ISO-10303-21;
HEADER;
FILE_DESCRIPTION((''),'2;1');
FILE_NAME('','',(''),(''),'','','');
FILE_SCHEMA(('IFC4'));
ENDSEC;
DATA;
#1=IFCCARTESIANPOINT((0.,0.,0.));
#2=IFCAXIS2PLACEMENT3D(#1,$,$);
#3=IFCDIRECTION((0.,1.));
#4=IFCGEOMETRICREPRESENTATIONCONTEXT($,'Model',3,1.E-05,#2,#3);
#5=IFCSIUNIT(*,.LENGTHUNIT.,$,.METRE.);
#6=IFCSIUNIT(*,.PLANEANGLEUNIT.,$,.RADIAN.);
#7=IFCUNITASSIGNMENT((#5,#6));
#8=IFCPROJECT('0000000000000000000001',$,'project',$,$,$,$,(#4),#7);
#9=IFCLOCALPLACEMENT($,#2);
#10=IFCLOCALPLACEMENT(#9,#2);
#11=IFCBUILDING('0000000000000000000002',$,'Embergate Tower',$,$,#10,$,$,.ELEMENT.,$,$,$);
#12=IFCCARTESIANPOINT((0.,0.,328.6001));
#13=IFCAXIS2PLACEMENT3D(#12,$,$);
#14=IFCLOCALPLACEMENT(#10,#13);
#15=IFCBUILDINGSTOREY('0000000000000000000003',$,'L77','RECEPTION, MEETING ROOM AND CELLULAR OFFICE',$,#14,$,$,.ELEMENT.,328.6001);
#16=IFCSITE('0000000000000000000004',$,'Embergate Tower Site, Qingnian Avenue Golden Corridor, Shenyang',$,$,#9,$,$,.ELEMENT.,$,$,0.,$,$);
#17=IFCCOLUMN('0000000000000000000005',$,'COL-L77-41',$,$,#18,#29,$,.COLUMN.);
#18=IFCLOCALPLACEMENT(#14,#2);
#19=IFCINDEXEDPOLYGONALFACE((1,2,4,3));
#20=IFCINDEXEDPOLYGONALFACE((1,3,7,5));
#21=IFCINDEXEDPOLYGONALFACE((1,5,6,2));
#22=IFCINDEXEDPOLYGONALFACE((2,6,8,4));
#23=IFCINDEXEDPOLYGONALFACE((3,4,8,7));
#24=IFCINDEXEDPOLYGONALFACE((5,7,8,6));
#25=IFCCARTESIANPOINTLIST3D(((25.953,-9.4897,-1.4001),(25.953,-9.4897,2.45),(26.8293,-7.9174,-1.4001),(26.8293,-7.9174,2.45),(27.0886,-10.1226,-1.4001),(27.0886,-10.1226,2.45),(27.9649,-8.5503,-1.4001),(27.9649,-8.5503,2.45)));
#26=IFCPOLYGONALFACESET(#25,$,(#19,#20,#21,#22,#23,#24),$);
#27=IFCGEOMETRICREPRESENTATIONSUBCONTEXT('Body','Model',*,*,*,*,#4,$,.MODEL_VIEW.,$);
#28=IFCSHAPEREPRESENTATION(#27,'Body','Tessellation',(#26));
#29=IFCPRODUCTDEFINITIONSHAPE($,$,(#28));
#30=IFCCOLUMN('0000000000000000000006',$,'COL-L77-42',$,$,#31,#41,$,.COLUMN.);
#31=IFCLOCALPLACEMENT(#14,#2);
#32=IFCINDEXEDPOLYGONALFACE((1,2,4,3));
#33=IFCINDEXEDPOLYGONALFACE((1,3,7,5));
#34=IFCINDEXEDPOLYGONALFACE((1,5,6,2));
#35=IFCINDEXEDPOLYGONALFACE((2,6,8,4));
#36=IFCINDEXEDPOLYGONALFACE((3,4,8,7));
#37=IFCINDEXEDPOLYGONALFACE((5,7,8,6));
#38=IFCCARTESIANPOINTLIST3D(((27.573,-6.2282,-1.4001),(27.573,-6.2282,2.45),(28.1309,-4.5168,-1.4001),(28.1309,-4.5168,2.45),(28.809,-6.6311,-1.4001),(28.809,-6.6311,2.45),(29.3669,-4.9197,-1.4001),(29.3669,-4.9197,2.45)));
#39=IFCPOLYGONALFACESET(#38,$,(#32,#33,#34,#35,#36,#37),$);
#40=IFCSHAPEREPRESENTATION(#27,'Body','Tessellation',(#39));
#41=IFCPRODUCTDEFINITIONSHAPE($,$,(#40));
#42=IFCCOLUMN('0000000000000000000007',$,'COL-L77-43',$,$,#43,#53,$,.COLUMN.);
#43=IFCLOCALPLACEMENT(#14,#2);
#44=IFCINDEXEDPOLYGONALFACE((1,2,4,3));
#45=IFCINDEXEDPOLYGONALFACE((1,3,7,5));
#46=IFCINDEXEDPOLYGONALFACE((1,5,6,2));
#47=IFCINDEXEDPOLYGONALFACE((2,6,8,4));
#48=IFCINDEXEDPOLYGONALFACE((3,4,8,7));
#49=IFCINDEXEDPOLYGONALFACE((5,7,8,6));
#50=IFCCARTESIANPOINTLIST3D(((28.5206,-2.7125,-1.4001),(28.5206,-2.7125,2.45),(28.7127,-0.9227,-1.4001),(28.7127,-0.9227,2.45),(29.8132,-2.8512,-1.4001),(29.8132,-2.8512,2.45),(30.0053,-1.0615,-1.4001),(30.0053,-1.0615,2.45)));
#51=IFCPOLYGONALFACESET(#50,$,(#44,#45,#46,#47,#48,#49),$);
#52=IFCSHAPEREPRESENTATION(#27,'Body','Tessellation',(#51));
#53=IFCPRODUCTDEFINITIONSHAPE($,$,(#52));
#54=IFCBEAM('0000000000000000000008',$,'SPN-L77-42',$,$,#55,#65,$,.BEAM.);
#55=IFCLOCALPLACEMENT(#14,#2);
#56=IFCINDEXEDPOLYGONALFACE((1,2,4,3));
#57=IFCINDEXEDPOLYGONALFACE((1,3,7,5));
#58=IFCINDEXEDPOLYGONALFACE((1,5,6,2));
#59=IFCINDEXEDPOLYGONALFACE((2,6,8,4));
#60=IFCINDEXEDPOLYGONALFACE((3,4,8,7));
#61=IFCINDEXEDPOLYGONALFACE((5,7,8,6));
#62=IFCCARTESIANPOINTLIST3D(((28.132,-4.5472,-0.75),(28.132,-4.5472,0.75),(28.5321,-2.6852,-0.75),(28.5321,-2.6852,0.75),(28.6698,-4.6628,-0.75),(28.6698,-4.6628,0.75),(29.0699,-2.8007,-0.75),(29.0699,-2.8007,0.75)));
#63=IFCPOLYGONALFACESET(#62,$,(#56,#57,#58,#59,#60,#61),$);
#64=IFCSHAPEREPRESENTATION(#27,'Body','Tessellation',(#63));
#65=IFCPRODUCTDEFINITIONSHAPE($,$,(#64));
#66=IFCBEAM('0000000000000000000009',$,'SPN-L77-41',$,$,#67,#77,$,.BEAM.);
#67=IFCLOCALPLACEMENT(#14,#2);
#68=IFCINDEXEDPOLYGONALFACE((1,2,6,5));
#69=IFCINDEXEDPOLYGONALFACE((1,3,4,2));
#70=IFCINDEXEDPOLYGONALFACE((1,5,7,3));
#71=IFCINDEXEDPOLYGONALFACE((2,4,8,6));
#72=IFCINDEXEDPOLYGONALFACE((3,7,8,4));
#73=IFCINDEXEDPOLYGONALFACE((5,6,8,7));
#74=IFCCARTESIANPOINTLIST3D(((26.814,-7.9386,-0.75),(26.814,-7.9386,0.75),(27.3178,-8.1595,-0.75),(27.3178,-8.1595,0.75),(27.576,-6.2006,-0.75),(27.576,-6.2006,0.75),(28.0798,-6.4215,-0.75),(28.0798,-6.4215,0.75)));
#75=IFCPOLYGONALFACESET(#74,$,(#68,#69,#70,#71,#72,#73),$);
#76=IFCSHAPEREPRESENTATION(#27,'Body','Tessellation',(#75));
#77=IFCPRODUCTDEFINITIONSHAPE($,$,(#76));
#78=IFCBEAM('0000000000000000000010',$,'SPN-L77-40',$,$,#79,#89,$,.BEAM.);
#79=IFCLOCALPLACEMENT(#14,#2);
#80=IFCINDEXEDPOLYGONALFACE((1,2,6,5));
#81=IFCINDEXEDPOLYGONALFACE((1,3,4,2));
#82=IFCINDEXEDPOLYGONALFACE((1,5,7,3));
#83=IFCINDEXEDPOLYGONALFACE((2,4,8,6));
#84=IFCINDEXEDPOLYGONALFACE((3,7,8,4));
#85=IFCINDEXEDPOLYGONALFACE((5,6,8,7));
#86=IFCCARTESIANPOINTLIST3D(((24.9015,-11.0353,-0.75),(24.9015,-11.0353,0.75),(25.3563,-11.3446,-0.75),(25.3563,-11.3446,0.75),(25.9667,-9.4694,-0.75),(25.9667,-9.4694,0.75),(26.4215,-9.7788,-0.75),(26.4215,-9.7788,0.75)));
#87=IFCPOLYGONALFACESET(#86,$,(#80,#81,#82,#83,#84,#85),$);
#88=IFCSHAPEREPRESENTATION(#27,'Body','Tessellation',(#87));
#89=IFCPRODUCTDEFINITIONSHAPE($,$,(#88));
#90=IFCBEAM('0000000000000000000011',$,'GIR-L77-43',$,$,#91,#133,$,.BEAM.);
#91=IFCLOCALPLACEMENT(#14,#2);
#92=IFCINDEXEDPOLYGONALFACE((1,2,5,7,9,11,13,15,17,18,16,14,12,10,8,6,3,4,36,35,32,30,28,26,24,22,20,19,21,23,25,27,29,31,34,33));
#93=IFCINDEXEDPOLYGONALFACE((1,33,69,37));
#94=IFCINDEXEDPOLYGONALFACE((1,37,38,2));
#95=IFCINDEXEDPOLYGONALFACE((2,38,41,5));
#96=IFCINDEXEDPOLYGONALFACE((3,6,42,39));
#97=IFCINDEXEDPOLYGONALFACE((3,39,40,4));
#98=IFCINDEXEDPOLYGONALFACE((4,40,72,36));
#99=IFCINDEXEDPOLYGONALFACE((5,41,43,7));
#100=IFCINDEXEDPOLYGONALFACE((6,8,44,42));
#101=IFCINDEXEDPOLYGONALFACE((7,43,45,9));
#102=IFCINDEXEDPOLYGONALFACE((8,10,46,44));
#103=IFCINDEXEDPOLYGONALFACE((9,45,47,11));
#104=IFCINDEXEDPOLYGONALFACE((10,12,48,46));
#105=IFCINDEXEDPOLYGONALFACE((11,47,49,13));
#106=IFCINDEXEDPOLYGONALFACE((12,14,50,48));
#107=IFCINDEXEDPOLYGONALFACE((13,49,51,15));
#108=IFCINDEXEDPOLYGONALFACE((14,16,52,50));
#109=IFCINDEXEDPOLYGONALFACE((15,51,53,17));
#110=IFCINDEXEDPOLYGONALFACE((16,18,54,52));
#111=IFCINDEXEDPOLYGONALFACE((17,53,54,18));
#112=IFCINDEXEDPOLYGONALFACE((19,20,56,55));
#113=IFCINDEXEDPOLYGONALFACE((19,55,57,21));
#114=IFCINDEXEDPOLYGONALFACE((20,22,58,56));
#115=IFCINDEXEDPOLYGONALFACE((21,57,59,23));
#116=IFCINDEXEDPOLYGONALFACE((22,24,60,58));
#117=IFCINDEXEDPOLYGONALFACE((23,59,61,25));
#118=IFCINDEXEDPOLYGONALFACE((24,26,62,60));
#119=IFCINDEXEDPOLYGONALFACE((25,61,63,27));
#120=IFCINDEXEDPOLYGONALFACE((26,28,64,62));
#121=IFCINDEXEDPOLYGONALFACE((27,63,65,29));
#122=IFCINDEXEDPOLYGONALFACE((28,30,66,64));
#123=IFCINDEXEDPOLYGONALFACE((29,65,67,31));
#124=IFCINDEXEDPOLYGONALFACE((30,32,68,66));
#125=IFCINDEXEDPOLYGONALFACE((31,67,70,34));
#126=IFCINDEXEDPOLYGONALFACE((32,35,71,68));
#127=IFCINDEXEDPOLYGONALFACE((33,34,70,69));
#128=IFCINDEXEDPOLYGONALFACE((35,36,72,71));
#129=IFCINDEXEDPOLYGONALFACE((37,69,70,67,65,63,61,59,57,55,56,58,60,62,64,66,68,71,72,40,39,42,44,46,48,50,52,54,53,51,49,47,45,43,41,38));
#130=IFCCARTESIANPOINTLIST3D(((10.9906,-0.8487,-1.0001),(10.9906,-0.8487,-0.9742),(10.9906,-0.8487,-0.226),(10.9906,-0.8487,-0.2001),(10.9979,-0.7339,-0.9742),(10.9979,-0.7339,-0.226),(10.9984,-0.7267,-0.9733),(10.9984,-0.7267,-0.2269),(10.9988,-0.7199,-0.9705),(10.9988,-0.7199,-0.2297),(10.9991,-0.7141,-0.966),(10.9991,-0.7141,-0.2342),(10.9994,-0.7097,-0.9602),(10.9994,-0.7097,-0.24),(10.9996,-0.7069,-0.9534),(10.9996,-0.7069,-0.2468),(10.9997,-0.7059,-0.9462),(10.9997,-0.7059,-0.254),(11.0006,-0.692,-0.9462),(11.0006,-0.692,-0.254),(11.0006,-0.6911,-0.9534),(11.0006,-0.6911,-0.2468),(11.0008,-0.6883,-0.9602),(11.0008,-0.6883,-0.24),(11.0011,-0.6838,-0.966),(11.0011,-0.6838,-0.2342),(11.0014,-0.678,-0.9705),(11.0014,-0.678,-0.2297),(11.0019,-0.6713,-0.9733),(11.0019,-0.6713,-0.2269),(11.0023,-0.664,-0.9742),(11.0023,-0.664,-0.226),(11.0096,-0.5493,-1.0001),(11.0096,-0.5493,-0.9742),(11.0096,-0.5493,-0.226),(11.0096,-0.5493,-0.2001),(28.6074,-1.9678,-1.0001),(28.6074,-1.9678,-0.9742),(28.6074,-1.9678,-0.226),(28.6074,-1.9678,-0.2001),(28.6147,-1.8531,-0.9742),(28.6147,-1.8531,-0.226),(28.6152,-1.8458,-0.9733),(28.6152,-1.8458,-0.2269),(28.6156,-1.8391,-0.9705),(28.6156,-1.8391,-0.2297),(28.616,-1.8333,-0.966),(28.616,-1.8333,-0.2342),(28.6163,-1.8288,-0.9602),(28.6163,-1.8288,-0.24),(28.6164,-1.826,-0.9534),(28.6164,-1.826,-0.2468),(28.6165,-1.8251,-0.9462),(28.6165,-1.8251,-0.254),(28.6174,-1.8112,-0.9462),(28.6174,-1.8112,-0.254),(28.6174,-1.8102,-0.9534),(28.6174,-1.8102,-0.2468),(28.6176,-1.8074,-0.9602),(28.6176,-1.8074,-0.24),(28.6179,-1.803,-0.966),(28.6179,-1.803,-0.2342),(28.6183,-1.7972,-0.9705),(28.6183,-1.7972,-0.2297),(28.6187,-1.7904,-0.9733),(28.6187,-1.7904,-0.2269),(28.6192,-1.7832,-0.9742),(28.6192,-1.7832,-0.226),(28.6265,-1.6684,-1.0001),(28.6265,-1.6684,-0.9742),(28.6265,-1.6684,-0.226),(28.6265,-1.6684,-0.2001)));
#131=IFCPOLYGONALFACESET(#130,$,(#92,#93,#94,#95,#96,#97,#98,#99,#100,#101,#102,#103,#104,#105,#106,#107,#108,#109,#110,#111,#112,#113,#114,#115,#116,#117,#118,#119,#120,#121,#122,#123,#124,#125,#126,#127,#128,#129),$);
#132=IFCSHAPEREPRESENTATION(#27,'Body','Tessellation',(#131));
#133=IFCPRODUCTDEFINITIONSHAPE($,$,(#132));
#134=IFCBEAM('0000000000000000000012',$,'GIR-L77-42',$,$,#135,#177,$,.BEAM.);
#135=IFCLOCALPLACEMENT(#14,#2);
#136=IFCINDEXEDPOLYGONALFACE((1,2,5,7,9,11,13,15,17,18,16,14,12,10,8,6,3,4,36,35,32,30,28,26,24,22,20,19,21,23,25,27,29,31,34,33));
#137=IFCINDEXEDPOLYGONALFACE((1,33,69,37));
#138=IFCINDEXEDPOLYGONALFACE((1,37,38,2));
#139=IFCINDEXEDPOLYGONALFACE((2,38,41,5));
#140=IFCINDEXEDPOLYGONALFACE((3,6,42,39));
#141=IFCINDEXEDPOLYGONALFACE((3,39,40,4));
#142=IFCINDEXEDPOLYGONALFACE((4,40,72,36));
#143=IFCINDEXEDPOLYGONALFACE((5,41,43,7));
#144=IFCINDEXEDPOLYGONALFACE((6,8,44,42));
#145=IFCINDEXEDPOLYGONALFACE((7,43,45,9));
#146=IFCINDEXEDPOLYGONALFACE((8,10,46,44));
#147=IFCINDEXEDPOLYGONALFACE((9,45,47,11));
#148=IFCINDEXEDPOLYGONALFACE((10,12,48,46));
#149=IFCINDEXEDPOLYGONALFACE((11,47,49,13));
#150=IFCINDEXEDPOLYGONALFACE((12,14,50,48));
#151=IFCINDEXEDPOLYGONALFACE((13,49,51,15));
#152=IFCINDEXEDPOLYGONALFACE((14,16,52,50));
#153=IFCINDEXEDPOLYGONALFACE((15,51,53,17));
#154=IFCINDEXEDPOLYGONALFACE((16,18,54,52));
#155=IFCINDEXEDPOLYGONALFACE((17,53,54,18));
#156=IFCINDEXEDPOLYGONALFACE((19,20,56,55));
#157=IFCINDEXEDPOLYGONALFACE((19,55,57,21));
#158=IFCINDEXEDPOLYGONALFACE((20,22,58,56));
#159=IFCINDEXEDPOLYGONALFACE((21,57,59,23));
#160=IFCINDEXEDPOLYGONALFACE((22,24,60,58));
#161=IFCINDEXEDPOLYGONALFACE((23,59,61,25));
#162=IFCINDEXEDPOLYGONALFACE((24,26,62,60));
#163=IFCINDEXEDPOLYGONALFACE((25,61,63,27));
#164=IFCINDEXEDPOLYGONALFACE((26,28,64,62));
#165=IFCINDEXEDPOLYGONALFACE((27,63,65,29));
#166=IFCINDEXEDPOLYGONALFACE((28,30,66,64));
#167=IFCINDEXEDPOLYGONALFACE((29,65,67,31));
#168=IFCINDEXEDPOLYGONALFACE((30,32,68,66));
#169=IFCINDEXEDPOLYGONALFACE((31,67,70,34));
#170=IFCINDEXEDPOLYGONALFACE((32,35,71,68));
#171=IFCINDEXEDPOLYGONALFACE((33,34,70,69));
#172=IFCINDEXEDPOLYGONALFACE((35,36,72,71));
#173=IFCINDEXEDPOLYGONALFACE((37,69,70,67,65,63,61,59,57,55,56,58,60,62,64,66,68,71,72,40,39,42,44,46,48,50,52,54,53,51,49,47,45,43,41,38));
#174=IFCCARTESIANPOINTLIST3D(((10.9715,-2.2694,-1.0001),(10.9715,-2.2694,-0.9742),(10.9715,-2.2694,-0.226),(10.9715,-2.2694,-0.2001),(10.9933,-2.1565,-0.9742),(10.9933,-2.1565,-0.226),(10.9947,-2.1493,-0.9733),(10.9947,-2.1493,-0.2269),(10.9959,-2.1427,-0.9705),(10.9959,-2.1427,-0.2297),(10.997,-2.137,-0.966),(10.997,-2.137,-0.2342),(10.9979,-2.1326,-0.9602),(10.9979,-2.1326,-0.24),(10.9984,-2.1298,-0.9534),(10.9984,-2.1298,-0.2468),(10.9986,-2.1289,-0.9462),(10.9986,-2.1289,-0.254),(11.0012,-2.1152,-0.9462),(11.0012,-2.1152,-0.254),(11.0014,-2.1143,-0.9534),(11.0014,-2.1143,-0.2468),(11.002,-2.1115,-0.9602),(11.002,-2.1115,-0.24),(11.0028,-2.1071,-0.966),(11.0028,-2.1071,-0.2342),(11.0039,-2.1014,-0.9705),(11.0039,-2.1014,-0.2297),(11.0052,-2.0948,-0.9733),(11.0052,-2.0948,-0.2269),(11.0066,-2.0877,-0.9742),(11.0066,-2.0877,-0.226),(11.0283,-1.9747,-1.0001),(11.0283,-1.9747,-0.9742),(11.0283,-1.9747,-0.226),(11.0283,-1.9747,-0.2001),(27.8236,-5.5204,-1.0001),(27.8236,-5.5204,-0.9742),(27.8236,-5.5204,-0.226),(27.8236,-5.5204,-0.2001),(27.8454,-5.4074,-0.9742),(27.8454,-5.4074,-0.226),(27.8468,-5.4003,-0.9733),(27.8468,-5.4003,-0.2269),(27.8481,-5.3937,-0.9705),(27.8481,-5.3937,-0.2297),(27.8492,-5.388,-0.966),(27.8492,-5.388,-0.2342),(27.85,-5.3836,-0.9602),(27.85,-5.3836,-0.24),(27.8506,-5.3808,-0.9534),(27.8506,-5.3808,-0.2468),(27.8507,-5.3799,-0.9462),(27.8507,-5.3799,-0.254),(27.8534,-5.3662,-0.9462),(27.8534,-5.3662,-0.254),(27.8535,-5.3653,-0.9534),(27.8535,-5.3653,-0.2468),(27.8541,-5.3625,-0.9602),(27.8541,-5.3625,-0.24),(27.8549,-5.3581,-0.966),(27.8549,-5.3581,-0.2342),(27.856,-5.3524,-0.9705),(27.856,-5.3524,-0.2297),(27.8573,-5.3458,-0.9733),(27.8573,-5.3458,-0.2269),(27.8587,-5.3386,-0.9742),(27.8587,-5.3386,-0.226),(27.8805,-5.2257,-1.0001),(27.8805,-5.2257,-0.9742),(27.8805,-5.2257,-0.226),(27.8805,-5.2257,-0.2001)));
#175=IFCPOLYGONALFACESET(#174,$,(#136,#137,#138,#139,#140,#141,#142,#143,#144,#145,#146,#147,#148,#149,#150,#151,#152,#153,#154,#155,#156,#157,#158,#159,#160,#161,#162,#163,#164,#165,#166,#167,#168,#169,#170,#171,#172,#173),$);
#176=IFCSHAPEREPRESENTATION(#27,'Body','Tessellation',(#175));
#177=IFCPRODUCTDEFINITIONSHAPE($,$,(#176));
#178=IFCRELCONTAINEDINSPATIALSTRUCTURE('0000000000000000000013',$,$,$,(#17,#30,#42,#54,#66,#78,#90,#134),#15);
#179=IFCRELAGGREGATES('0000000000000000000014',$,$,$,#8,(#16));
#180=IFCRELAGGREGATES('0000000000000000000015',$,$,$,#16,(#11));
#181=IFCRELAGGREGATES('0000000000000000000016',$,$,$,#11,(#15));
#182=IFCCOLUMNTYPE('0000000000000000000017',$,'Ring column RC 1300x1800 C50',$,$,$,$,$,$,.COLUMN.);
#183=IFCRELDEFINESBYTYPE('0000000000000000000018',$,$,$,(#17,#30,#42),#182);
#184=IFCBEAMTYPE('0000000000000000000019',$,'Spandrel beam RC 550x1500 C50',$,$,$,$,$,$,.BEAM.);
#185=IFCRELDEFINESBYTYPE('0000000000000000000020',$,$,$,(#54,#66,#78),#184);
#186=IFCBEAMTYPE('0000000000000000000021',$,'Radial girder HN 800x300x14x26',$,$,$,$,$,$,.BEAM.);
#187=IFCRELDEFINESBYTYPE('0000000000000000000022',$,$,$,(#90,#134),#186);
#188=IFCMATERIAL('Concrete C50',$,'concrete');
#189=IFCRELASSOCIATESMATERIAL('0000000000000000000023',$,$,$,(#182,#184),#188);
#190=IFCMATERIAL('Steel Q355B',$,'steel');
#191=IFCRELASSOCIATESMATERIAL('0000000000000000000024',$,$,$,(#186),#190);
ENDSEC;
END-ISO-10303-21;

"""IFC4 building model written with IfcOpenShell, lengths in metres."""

from ifc_helpers import new_model, si_unit, direction, frame, origin, origin_2d, place, context, subcontext, project, spatial, rectangle, i_section, extrude, source, transform, mapped, material, material_profile, profile_set, type_object, element, save


model = new_model("IFC4")

# Units and contexts
model_context = context("Model", 3, precision=1e-05, world=origin(), true_north=direction((0.0, 1.0)))
body_context = subcontext(model_context, "Body", "Model", "MODEL_VIEW")
ifc_project = project(units=[si_unit("LENGTHUNIT", "METRE"), si_unit("PLANEANGLEUNIT", "RADIAN")], contexts=[model_context])

# Site, building, storey
site_placement = place(None, origin())
site = spatial("IfcSite", under=ifc_project, at=site_placement, Name="Embergate Tower Site, Qingnian Avenue Golden Corridor, Shenyang", CompositionType="ELEMENT", RefElevation=0.0)
building_placement = place(site_placement, origin())
building = spatial("IfcBuilding", under=site, at=building_placement, Name="Embergate Tower", CompositionType="ELEMENT")
storey_placement = place(building_placement, frame((0.0, 0.0, 328.6001)))
storey = spatial("IfcBuildingStorey", under=building, at=storey_placement, Name="L77", Description="RECEPTION, MEETING ROOM AND CELLULAR OFFICE", CompositionType="ELEMENT", Elevation=328.6001)

# Columns
ifc_material_1 = material(Name="Concrete C50", Category="concrete")
ifc_material_profile_1 = material_profile(ifc_material_1, rectangle(XDim=1.3, YDim=1.8, at=origin_2d()), Name="RC 1300x1800")
ifc_profile_set_1 = profile_set([ifc_material_profile_1], Name="Concrete C50")
column_type = type_object("IfcColumnType", Name="Ring column RC 1300x1800 C50", PredefinedType="COLUMN", material=ifc_profile_set_1)
shared_shape_1 = source(origin(), body_context, "Body", "SweptSolid", [
    extrude(rectangle(XDim=1.3, YDim=1.8, at=origin_2d()), origin(), (0.0, 0.0, 1.0), 3.8501),
])
for number, where, z_axis, x_axis, name in (
    (1, (26.959, -9.02, -1.4001), (0.0, 0.0, 1.0), (0.8735, -0.486823, 0.0), "COL-L77-41"),
    (2, (28.47, -5.574, -1.4001), (0.0, 0.0, 1.0), (0.950754, -0.309946, 0.0), "COL-L77-42"),
    (3, (29.2629, -1.887, -1.4001), (0.0, 0.0, 1.0), (0.994286, -0.10675, 0.0), "COL-L77-43"),
):
    element("IfcColumn", number, at=place(storey_placement, frame(where, z_axis=z_axis, x_axis=x_axis)), inside=storey, type_object=column_type, Name=name, PredefinedType="COLUMN", context=body_context, shape_type="MappedRepresentation", body=[
        mapped(shared_shape_1, transform((0.0, 0.0, 0.0))),
    ])

# Beams
ifc_material_profile_2 = material_profile(ifc_material_1, rectangle(XDim=0.55, YDim=1.5, at=origin_2d()), Name="RC 550x1500")
ifc_profile_set_2 = profile_set([ifc_material_profile_2], Name="Concrete C50")
beam_type_1 = type_object("IfcBeamType", Name="Spandrel beam RC 550x1500 C50", PredefinedType="BEAM", material=ifc_profile_set_2)
shared_shape_2 = source(origin(), body_context, "Body", "SweptSolid", [
    extrude(rectangle(XDim=0.55, YDim=1.5, at=origin_2d()), origin(), (0.0, 0.0, 1.0), 1.9045),
])
beam_1_placement = place(storey_placement, frame((28.4009, -4.605, 0.0), z_axis=(0.210098, 0.97768, 0.0), x_axis=(-0.97768, 0.210098, 0.0)))
element("IfcBeam", 4, at=beam_1_placement, inside=storey, type_object=beam_type_1, Name="SPN-L77-42", PredefinedType="BEAM", context=body_context, shape_type="MappedRepresentation", body=[
    mapped(shared_shape_2, transform((0.0, 0.0, 0.0))),
])
shared_shape_3 = source(origin(), body_context, "Body", "SweptSolid", [
    extrude(rectangle(XDim=0.55, YDim=1.5, at=origin_2d()), origin(), (0.0, 0.0, 1.0), 1.8977),
])
beam_2_placement = place(storey_placement, frame((27.0659, -8.0491, 0.0), z_axis=(0.401514, 0.915853, 0.0), x_axis=(-0.915853, 0.401514, 0.0)))
element("IfcBeam", 5, at=beam_2_placement, inside=storey, type_object=beam_type_1, Name="SPN-L77-41", PredefinedType="BEAM", context=body_context, shape_type="MappedRepresentation", body=[
    mapped(shared_shape_3, transform((0.0, 0.0, 0.0))),
])
shared_shape_4 = source(origin(), body_context, "Body", "SweptSolid", [
    extrude(rectangle(XDim=0.55, YDim=1.5, at=origin_2d()), origin(), (0.0, 0.0, 1.0), 1.8938),
])
beam_3_placement = place(storey_placement, frame((25.1289, -11.1899, 0.0), z_axis=(0.56244, 0.826838, 0.0), x_axis=(-0.826838, 0.56244, 0.0)))
element("IfcBeam", 6, at=beam_3_placement, inside=storey, type_object=beam_type_1, Name="SPN-L77-40", PredefinedType="BEAM", context=body_context, shape_type="MappedRepresentation", body=[
    mapped(shared_shape_4, transform((0.0, 0.0, 0.0))),
])
ifc_material_2 = material(Name="Steel Q355B", Category="steel")
ifc_material_profile_3 = material_profile(ifc_material_2, i_section(OverallWidth=0.3, OverallDepth=0.8, WebThickness=0.0139, FlangeThickness=0.0259, FilletRadius=0.0281, at=origin_2d()), Name="HN 800x300x14x26")
ifc_profile_set_3 = profile_set([ifc_material_profile_3], Name="Steel Q355 grade B")
beam_type_2 = type_object("IfcBeamType", Name="Radial girder HN 800x300x14x26", PredefinedType="BEAM", material=ifc_profile_set_3)
shared_shape_5 = source(origin(), body_context, "Body", "SweptSolid", [
    extrude(i_section(OverallWidth=0.3, OverallDepth=0.8, WebThickness=0.0139, FlangeThickness=0.0259, FilletRadius=0.0281, at=origin_2d()), origin(), (0.0, 0.0, 1.0), 17.6523),
])
beam_4_placement = place(storey_placement, frame((28.6169, -1.8181, -0.6001), z_axis=(-0.997988, 0.063399, 0.0), x_axis=(-0.063399, -0.997988, 0.0)))
element("IfcBeam", 7, at=beam_4_placement, inside=storey, type_object=beam_type_2, Name="GIR-L77-43", PredefinedType="BEAM", context=body_context, shape_type="MappedRepresentation", body=[
    mapped(shared_shape_5, transform((0.0, 0.0, 0.0))),
])
shared_shape_6 = source(origin(), body_context, "Body", "SweptSolid", [
    extrude(i_section(OverallWidth=0.3, OverallDepth=0.8, WebThickness=0.0139, FlangeThickness=0.0259, FilletRadius=0.0281, at=origin_2d()), origin(), (0.0, 0.0, 1.0), 17.1628),
])
beam_5_placement = place(storey_placement, frame((27.8521, -5.373, -0.6001), z_axis=(-0.981896, 0.18942, 0.0), x_axis=(-0.18942, -0.981896, 0.0)))
element("IfcBeam", 8, at=beam_5_placement, inside=storey, type_object=beam_type_2, Name="GIR-L77-42", PredefinedType="BEAM", context=body_context, shape_type="MappedRepresentation", body=[
    mapped(shared_shape_6, transform((0.0, 0.0, 0.0))),
])

save(model, "model.ifc")
